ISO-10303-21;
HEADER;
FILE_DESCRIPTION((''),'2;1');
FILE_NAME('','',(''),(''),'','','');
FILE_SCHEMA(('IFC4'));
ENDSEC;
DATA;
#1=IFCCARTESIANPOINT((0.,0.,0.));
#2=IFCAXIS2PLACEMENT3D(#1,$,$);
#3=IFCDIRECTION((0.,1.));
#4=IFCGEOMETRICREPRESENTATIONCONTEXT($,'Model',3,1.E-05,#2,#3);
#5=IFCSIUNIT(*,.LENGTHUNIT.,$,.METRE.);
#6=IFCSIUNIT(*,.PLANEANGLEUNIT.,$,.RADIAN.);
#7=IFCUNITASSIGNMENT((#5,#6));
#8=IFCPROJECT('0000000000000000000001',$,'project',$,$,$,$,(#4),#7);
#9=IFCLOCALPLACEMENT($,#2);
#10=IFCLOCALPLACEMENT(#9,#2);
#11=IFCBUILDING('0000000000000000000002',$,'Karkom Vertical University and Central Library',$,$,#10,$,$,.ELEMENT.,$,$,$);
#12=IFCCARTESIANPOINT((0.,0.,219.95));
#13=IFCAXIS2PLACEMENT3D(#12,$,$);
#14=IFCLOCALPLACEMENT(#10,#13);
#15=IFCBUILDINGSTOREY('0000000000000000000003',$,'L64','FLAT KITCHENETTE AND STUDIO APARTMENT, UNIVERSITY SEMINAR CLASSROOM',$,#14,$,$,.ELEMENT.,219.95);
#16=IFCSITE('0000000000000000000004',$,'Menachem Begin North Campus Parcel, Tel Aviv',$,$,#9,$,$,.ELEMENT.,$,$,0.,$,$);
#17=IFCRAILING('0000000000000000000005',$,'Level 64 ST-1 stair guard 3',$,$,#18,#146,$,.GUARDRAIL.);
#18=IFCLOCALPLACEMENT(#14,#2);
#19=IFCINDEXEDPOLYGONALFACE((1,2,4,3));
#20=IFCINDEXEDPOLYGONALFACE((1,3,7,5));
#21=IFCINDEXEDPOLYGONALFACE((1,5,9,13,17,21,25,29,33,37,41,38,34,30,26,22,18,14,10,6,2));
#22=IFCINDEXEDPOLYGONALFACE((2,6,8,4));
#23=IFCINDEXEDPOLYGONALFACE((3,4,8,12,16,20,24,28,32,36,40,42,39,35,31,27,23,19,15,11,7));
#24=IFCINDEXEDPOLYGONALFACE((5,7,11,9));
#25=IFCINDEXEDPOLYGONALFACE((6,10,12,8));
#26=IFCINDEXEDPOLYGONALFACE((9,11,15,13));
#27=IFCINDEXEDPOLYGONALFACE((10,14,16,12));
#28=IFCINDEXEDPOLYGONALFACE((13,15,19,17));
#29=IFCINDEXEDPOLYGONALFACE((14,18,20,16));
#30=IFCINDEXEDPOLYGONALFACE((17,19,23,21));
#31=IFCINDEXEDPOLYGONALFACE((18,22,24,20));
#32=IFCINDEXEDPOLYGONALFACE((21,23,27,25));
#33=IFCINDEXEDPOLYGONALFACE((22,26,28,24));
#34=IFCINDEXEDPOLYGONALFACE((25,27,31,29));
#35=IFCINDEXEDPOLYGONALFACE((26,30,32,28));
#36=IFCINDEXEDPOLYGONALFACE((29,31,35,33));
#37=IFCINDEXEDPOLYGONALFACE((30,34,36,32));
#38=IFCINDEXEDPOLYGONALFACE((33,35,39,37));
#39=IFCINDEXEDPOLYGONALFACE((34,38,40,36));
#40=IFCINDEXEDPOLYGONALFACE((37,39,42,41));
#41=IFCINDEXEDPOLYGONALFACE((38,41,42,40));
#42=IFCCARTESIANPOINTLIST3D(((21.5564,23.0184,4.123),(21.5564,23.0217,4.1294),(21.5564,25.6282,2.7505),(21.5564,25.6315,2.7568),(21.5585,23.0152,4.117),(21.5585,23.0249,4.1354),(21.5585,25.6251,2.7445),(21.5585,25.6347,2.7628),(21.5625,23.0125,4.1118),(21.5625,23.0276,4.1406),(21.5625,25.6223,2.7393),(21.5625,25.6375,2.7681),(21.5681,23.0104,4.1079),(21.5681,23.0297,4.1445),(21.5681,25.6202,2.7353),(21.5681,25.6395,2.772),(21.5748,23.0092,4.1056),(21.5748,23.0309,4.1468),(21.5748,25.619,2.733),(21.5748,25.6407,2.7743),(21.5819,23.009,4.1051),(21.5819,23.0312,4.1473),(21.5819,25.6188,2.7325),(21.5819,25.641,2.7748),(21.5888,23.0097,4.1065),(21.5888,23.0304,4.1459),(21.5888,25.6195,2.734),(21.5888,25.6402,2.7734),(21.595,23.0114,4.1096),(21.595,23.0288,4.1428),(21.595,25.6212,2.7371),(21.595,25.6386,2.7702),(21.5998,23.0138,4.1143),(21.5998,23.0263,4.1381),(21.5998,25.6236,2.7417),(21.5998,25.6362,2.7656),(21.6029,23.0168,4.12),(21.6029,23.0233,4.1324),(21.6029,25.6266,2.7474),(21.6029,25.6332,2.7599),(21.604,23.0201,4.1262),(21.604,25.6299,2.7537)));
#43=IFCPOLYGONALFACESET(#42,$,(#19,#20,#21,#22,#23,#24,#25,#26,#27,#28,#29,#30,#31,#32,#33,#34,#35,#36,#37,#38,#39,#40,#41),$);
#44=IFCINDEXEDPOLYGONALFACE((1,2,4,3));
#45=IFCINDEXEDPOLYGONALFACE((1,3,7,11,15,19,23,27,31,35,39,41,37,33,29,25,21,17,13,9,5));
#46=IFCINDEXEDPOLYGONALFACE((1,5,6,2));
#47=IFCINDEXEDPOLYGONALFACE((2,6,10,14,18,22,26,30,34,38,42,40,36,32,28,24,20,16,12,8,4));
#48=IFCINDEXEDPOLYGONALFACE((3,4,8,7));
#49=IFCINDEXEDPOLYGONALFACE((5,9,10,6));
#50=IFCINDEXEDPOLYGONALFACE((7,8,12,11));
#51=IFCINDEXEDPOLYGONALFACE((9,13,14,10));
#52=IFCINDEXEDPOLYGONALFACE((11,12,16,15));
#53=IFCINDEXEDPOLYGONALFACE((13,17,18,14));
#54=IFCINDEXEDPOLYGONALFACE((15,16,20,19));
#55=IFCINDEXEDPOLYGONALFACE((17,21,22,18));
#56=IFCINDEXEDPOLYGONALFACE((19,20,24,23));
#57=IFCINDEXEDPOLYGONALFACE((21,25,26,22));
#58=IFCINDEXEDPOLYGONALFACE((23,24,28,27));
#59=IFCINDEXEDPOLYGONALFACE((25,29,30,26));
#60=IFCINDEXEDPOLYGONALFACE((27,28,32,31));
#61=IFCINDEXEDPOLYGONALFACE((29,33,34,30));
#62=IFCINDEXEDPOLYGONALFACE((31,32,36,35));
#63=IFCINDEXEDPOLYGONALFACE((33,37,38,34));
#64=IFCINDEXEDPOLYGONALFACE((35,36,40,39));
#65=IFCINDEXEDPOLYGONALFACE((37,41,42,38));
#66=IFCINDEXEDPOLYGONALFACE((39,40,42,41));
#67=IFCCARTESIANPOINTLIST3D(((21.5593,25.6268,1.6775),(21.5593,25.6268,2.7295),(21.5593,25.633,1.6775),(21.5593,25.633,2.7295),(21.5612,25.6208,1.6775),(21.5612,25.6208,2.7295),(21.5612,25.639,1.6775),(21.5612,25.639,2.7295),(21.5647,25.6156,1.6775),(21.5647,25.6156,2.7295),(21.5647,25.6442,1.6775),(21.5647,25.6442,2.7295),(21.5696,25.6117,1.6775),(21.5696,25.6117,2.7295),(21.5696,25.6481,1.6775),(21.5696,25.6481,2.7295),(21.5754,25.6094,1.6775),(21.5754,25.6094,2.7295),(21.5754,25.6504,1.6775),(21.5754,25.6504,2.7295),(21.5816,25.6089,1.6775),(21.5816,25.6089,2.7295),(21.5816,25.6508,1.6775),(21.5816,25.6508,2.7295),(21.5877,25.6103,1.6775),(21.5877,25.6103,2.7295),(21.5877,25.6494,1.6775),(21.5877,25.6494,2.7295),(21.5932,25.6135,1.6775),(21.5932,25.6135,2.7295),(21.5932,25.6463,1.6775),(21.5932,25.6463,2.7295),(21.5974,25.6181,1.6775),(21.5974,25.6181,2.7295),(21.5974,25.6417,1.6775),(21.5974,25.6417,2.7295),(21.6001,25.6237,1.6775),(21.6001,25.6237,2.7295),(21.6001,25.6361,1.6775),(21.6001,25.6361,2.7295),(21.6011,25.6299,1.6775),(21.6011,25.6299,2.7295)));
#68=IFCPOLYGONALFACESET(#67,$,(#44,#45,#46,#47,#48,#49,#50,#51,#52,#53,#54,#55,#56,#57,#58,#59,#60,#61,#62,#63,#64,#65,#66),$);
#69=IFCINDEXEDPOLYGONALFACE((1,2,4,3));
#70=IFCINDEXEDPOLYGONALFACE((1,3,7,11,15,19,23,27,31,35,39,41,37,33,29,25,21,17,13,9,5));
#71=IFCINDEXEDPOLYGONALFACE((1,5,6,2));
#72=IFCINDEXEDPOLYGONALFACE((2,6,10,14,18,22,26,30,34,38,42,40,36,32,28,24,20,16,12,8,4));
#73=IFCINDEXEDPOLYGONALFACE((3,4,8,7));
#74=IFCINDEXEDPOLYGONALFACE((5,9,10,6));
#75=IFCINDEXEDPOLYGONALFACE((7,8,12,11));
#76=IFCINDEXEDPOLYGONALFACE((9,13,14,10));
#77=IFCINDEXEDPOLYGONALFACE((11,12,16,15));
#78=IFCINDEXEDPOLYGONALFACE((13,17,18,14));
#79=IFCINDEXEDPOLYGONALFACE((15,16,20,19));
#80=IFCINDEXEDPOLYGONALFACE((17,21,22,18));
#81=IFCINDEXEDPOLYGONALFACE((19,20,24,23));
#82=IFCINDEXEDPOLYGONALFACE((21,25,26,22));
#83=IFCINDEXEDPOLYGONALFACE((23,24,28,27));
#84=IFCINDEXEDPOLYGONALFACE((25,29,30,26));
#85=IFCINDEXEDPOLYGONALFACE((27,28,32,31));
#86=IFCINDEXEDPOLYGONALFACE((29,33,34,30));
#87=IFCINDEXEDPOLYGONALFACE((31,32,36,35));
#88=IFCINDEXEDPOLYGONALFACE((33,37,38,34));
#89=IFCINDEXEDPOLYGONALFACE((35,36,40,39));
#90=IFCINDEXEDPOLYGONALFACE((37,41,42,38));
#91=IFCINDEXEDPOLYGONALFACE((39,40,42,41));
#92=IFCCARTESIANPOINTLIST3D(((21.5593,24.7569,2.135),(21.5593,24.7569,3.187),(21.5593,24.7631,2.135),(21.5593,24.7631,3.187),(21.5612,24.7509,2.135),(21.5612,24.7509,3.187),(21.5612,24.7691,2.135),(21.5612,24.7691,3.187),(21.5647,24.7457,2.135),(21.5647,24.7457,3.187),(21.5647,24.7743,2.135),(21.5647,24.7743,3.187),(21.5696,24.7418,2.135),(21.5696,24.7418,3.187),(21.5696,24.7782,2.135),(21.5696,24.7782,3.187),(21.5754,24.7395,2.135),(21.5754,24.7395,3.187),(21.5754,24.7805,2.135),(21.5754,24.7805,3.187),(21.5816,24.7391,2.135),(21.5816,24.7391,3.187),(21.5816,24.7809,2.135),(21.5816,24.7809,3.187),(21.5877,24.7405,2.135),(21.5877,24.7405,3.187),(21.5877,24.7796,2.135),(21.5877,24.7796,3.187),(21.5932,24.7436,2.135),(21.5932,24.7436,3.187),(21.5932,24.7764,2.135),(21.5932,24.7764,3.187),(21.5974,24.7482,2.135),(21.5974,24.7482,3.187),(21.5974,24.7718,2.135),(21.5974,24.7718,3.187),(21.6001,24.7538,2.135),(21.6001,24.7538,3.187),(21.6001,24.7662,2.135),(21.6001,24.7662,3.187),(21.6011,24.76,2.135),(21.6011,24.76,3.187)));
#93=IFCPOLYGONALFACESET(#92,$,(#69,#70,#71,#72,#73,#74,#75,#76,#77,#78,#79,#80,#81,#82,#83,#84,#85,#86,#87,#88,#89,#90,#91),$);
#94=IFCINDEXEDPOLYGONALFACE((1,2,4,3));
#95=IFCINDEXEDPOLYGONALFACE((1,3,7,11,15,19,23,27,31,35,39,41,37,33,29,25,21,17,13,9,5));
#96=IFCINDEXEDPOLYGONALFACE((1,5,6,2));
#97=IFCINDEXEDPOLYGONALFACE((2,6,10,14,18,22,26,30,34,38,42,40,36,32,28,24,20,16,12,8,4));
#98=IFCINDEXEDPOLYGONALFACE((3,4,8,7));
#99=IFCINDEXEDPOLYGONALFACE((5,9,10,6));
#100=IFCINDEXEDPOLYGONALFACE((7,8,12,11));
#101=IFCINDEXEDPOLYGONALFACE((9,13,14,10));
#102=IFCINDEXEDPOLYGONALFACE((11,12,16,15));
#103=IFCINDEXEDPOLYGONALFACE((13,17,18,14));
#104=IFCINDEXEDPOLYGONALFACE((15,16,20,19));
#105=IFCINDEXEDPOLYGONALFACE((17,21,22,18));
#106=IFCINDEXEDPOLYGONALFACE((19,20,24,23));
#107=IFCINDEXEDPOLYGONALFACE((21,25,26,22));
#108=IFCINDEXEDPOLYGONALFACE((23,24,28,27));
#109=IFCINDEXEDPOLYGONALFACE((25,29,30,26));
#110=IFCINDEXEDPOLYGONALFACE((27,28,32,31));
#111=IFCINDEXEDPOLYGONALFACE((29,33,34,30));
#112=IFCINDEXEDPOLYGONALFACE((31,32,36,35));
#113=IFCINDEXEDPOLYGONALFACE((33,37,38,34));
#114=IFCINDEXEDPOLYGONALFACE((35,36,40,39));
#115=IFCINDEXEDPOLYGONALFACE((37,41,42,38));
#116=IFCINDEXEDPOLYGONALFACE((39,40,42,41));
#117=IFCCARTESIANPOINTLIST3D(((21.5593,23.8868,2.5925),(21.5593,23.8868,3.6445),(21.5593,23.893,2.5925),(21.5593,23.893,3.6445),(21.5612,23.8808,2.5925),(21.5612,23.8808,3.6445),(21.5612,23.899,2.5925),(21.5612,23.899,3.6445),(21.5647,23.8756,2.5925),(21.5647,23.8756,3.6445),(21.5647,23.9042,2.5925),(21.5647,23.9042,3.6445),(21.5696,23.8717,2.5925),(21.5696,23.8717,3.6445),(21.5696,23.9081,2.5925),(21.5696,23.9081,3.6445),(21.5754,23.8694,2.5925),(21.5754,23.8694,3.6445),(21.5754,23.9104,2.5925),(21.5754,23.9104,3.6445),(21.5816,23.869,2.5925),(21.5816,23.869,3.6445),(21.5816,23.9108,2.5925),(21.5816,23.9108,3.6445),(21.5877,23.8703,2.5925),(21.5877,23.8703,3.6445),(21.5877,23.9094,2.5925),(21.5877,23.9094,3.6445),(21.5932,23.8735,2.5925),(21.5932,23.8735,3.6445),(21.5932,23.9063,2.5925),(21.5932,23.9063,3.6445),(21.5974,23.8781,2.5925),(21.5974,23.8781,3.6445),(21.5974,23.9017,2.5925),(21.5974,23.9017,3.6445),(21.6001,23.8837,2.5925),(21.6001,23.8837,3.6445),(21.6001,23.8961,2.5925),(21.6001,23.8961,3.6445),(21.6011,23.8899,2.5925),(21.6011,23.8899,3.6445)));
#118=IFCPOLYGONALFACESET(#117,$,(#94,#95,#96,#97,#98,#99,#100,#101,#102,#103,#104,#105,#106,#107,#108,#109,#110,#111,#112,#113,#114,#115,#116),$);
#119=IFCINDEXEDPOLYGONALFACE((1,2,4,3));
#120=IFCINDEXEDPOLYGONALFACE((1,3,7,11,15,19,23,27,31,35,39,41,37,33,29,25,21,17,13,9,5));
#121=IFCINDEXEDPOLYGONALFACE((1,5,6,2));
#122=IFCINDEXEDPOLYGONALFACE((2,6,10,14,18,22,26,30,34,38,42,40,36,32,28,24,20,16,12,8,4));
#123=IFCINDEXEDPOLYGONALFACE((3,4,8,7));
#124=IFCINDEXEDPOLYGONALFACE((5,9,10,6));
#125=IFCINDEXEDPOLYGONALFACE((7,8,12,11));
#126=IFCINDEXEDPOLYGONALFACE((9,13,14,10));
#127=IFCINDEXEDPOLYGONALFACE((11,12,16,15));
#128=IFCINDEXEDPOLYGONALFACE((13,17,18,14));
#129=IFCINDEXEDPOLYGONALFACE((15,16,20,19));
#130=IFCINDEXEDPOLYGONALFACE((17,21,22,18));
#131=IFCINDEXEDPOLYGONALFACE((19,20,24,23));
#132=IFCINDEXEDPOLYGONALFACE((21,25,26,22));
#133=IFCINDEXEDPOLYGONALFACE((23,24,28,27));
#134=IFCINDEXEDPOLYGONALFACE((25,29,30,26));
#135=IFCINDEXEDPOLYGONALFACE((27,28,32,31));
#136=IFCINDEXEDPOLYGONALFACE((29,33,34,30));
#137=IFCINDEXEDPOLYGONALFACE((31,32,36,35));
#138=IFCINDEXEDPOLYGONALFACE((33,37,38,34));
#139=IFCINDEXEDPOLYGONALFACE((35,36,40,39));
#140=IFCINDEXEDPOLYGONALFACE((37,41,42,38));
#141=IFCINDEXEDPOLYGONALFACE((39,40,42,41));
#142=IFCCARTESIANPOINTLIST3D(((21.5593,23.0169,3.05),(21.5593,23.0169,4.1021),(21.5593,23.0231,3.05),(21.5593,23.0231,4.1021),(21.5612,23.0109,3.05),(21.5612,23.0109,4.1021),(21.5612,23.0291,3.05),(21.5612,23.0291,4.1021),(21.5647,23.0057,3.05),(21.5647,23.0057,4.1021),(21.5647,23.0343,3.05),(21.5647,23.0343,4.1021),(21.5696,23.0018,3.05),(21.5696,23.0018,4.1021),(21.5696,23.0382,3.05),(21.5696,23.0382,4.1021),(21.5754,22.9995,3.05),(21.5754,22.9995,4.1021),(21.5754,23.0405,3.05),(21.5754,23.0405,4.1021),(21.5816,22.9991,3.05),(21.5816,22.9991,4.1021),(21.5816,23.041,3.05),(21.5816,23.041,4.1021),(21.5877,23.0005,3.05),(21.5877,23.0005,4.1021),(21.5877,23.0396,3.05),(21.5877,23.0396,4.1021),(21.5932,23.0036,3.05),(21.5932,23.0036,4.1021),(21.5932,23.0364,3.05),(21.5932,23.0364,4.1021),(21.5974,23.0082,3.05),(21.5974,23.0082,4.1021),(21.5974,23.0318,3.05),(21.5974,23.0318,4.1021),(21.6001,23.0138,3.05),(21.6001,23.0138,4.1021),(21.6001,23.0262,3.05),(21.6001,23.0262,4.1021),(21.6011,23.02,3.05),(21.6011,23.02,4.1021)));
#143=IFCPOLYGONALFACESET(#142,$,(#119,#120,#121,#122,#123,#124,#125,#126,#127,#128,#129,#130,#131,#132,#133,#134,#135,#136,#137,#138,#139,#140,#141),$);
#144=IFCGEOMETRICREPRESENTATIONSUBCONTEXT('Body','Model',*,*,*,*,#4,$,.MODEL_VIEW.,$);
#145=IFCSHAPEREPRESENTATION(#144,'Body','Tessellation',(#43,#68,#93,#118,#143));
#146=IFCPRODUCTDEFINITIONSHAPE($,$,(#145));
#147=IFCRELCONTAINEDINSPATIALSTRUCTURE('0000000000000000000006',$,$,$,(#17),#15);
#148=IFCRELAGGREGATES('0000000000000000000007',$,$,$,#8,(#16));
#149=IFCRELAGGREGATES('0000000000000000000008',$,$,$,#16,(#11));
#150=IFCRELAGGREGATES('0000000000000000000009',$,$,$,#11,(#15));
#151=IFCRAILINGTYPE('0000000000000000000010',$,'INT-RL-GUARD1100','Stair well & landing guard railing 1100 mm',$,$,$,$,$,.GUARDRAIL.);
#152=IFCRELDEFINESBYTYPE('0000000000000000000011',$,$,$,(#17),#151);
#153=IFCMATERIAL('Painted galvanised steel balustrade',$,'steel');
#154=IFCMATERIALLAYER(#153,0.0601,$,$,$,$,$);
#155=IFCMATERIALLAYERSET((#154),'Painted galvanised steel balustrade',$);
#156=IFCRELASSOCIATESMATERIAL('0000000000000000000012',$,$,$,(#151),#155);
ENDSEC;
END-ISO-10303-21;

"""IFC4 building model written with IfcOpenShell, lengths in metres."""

from ifc_helpers import new_model, si_unit, direction, frame, origin, origin_2d, place, context, subcontext, project, spatial, circle, extrude, material, layer, layer_set, type_object, element, save


model = new_model("IFC4")

# Units and contexts
model_context = context("Model", 3, precision=1e-05, world=origin(), true_north=direction((0.0, 1.0)))
body_context = subcontext(model_context, "Body", "Model", "MODEL_VIEW")
ifc_project = project(units=[si_unit("LENGTHUNIT", "METRE"), si_unit("PLANEANGLEUNIT", "RADIAN")], contexts=[model_context])

# Site, building, storey
site_placement = place(None, origin())
site = spatial("IfcSite", under=ifc_project, at=site_placement, Name="Menachem Begin North Campus Parcel, Tel Aviv", CompositionType="ELEMENT", RefElevation=0.0)
building_placement = place(site_placement, origin())
building = spatial("IfcBuilding", under=site, at=building_placement, Name="Karkom Vertical University and Central Library", CompositionType="ELEMENT")
storey_placement = place(building_placement, frame((0.0, 0.0, 219.95)))
storey = spatial("IfcBuildingStorey", under=building, at=storey_placement, Name="L64", Description="FLAT KITCHENETTE AND STUDIO APARTMENT, UNIVERSITY SEMINAR CLASSROOM", CompositionType="ELEMENT", Elevation=219.95)

# Railing
ifc_material_1 = material(Name="Painted galvanised steel balustrade", Category="steel")
ifc_layer_1 = layer(ifc_material_1, 0.0601)
ifc_layer_set_1 = layer_set([ifc_layer_1], Name="Painted galvanised steel balustrade")
railing_type_1 = type_object("IfcRailingType", Name="INT-RL-GUARD1100", Description="Stair well & landing guard railing 1100 mm", PredefinedType="GUARDRAIL", material=ifc_layer_set_1)
railing_1_placement = place(storey_placement, frame((21.5801, 25.6299, 1.6775)))
element("IfcRailing", 1, at=railing_1_placement, inside=storey, type_object=railing_type_1, Name="Level 64 ST-1 stair guard 3", PredefinedType="GUARDRAIL", context=body_context, shape_type="SweptSolid", body=[
    extrude(circle(Radius=0.0239, at=origin_2d()), frame((0.0, 0.0, 1.0762), z_axis=(0.0, -0.885065, 0.465467), x_axis=(1.0, 0.0, 0.0)), (0.0, 0.0, 1.0), 2.9487),
    extrude(circle(Radius=0.021, at=origin_2d()), origin(), (0.0, 0.0, 1.0), 1.052),
    extrude(circle(Radius=0.021, at=origin_2d()), frame((0.0, -0.8699, 0.4575)), (0.0, 0.0, 1.0), 1.052),
    extrude(circle(Radius=0.021, at=origin_2d()), frame((0.0, -1.74, 0.915)), (0.0, 0.0, 1.0), 1.052),
    extrude(circle(Radius=0.021, at=origin_2d()), frame((0.0, -2.6099, 1.3726)), (0.0, 0.0, 1.0), 1.052),
])

save(model, "model.ifc")
